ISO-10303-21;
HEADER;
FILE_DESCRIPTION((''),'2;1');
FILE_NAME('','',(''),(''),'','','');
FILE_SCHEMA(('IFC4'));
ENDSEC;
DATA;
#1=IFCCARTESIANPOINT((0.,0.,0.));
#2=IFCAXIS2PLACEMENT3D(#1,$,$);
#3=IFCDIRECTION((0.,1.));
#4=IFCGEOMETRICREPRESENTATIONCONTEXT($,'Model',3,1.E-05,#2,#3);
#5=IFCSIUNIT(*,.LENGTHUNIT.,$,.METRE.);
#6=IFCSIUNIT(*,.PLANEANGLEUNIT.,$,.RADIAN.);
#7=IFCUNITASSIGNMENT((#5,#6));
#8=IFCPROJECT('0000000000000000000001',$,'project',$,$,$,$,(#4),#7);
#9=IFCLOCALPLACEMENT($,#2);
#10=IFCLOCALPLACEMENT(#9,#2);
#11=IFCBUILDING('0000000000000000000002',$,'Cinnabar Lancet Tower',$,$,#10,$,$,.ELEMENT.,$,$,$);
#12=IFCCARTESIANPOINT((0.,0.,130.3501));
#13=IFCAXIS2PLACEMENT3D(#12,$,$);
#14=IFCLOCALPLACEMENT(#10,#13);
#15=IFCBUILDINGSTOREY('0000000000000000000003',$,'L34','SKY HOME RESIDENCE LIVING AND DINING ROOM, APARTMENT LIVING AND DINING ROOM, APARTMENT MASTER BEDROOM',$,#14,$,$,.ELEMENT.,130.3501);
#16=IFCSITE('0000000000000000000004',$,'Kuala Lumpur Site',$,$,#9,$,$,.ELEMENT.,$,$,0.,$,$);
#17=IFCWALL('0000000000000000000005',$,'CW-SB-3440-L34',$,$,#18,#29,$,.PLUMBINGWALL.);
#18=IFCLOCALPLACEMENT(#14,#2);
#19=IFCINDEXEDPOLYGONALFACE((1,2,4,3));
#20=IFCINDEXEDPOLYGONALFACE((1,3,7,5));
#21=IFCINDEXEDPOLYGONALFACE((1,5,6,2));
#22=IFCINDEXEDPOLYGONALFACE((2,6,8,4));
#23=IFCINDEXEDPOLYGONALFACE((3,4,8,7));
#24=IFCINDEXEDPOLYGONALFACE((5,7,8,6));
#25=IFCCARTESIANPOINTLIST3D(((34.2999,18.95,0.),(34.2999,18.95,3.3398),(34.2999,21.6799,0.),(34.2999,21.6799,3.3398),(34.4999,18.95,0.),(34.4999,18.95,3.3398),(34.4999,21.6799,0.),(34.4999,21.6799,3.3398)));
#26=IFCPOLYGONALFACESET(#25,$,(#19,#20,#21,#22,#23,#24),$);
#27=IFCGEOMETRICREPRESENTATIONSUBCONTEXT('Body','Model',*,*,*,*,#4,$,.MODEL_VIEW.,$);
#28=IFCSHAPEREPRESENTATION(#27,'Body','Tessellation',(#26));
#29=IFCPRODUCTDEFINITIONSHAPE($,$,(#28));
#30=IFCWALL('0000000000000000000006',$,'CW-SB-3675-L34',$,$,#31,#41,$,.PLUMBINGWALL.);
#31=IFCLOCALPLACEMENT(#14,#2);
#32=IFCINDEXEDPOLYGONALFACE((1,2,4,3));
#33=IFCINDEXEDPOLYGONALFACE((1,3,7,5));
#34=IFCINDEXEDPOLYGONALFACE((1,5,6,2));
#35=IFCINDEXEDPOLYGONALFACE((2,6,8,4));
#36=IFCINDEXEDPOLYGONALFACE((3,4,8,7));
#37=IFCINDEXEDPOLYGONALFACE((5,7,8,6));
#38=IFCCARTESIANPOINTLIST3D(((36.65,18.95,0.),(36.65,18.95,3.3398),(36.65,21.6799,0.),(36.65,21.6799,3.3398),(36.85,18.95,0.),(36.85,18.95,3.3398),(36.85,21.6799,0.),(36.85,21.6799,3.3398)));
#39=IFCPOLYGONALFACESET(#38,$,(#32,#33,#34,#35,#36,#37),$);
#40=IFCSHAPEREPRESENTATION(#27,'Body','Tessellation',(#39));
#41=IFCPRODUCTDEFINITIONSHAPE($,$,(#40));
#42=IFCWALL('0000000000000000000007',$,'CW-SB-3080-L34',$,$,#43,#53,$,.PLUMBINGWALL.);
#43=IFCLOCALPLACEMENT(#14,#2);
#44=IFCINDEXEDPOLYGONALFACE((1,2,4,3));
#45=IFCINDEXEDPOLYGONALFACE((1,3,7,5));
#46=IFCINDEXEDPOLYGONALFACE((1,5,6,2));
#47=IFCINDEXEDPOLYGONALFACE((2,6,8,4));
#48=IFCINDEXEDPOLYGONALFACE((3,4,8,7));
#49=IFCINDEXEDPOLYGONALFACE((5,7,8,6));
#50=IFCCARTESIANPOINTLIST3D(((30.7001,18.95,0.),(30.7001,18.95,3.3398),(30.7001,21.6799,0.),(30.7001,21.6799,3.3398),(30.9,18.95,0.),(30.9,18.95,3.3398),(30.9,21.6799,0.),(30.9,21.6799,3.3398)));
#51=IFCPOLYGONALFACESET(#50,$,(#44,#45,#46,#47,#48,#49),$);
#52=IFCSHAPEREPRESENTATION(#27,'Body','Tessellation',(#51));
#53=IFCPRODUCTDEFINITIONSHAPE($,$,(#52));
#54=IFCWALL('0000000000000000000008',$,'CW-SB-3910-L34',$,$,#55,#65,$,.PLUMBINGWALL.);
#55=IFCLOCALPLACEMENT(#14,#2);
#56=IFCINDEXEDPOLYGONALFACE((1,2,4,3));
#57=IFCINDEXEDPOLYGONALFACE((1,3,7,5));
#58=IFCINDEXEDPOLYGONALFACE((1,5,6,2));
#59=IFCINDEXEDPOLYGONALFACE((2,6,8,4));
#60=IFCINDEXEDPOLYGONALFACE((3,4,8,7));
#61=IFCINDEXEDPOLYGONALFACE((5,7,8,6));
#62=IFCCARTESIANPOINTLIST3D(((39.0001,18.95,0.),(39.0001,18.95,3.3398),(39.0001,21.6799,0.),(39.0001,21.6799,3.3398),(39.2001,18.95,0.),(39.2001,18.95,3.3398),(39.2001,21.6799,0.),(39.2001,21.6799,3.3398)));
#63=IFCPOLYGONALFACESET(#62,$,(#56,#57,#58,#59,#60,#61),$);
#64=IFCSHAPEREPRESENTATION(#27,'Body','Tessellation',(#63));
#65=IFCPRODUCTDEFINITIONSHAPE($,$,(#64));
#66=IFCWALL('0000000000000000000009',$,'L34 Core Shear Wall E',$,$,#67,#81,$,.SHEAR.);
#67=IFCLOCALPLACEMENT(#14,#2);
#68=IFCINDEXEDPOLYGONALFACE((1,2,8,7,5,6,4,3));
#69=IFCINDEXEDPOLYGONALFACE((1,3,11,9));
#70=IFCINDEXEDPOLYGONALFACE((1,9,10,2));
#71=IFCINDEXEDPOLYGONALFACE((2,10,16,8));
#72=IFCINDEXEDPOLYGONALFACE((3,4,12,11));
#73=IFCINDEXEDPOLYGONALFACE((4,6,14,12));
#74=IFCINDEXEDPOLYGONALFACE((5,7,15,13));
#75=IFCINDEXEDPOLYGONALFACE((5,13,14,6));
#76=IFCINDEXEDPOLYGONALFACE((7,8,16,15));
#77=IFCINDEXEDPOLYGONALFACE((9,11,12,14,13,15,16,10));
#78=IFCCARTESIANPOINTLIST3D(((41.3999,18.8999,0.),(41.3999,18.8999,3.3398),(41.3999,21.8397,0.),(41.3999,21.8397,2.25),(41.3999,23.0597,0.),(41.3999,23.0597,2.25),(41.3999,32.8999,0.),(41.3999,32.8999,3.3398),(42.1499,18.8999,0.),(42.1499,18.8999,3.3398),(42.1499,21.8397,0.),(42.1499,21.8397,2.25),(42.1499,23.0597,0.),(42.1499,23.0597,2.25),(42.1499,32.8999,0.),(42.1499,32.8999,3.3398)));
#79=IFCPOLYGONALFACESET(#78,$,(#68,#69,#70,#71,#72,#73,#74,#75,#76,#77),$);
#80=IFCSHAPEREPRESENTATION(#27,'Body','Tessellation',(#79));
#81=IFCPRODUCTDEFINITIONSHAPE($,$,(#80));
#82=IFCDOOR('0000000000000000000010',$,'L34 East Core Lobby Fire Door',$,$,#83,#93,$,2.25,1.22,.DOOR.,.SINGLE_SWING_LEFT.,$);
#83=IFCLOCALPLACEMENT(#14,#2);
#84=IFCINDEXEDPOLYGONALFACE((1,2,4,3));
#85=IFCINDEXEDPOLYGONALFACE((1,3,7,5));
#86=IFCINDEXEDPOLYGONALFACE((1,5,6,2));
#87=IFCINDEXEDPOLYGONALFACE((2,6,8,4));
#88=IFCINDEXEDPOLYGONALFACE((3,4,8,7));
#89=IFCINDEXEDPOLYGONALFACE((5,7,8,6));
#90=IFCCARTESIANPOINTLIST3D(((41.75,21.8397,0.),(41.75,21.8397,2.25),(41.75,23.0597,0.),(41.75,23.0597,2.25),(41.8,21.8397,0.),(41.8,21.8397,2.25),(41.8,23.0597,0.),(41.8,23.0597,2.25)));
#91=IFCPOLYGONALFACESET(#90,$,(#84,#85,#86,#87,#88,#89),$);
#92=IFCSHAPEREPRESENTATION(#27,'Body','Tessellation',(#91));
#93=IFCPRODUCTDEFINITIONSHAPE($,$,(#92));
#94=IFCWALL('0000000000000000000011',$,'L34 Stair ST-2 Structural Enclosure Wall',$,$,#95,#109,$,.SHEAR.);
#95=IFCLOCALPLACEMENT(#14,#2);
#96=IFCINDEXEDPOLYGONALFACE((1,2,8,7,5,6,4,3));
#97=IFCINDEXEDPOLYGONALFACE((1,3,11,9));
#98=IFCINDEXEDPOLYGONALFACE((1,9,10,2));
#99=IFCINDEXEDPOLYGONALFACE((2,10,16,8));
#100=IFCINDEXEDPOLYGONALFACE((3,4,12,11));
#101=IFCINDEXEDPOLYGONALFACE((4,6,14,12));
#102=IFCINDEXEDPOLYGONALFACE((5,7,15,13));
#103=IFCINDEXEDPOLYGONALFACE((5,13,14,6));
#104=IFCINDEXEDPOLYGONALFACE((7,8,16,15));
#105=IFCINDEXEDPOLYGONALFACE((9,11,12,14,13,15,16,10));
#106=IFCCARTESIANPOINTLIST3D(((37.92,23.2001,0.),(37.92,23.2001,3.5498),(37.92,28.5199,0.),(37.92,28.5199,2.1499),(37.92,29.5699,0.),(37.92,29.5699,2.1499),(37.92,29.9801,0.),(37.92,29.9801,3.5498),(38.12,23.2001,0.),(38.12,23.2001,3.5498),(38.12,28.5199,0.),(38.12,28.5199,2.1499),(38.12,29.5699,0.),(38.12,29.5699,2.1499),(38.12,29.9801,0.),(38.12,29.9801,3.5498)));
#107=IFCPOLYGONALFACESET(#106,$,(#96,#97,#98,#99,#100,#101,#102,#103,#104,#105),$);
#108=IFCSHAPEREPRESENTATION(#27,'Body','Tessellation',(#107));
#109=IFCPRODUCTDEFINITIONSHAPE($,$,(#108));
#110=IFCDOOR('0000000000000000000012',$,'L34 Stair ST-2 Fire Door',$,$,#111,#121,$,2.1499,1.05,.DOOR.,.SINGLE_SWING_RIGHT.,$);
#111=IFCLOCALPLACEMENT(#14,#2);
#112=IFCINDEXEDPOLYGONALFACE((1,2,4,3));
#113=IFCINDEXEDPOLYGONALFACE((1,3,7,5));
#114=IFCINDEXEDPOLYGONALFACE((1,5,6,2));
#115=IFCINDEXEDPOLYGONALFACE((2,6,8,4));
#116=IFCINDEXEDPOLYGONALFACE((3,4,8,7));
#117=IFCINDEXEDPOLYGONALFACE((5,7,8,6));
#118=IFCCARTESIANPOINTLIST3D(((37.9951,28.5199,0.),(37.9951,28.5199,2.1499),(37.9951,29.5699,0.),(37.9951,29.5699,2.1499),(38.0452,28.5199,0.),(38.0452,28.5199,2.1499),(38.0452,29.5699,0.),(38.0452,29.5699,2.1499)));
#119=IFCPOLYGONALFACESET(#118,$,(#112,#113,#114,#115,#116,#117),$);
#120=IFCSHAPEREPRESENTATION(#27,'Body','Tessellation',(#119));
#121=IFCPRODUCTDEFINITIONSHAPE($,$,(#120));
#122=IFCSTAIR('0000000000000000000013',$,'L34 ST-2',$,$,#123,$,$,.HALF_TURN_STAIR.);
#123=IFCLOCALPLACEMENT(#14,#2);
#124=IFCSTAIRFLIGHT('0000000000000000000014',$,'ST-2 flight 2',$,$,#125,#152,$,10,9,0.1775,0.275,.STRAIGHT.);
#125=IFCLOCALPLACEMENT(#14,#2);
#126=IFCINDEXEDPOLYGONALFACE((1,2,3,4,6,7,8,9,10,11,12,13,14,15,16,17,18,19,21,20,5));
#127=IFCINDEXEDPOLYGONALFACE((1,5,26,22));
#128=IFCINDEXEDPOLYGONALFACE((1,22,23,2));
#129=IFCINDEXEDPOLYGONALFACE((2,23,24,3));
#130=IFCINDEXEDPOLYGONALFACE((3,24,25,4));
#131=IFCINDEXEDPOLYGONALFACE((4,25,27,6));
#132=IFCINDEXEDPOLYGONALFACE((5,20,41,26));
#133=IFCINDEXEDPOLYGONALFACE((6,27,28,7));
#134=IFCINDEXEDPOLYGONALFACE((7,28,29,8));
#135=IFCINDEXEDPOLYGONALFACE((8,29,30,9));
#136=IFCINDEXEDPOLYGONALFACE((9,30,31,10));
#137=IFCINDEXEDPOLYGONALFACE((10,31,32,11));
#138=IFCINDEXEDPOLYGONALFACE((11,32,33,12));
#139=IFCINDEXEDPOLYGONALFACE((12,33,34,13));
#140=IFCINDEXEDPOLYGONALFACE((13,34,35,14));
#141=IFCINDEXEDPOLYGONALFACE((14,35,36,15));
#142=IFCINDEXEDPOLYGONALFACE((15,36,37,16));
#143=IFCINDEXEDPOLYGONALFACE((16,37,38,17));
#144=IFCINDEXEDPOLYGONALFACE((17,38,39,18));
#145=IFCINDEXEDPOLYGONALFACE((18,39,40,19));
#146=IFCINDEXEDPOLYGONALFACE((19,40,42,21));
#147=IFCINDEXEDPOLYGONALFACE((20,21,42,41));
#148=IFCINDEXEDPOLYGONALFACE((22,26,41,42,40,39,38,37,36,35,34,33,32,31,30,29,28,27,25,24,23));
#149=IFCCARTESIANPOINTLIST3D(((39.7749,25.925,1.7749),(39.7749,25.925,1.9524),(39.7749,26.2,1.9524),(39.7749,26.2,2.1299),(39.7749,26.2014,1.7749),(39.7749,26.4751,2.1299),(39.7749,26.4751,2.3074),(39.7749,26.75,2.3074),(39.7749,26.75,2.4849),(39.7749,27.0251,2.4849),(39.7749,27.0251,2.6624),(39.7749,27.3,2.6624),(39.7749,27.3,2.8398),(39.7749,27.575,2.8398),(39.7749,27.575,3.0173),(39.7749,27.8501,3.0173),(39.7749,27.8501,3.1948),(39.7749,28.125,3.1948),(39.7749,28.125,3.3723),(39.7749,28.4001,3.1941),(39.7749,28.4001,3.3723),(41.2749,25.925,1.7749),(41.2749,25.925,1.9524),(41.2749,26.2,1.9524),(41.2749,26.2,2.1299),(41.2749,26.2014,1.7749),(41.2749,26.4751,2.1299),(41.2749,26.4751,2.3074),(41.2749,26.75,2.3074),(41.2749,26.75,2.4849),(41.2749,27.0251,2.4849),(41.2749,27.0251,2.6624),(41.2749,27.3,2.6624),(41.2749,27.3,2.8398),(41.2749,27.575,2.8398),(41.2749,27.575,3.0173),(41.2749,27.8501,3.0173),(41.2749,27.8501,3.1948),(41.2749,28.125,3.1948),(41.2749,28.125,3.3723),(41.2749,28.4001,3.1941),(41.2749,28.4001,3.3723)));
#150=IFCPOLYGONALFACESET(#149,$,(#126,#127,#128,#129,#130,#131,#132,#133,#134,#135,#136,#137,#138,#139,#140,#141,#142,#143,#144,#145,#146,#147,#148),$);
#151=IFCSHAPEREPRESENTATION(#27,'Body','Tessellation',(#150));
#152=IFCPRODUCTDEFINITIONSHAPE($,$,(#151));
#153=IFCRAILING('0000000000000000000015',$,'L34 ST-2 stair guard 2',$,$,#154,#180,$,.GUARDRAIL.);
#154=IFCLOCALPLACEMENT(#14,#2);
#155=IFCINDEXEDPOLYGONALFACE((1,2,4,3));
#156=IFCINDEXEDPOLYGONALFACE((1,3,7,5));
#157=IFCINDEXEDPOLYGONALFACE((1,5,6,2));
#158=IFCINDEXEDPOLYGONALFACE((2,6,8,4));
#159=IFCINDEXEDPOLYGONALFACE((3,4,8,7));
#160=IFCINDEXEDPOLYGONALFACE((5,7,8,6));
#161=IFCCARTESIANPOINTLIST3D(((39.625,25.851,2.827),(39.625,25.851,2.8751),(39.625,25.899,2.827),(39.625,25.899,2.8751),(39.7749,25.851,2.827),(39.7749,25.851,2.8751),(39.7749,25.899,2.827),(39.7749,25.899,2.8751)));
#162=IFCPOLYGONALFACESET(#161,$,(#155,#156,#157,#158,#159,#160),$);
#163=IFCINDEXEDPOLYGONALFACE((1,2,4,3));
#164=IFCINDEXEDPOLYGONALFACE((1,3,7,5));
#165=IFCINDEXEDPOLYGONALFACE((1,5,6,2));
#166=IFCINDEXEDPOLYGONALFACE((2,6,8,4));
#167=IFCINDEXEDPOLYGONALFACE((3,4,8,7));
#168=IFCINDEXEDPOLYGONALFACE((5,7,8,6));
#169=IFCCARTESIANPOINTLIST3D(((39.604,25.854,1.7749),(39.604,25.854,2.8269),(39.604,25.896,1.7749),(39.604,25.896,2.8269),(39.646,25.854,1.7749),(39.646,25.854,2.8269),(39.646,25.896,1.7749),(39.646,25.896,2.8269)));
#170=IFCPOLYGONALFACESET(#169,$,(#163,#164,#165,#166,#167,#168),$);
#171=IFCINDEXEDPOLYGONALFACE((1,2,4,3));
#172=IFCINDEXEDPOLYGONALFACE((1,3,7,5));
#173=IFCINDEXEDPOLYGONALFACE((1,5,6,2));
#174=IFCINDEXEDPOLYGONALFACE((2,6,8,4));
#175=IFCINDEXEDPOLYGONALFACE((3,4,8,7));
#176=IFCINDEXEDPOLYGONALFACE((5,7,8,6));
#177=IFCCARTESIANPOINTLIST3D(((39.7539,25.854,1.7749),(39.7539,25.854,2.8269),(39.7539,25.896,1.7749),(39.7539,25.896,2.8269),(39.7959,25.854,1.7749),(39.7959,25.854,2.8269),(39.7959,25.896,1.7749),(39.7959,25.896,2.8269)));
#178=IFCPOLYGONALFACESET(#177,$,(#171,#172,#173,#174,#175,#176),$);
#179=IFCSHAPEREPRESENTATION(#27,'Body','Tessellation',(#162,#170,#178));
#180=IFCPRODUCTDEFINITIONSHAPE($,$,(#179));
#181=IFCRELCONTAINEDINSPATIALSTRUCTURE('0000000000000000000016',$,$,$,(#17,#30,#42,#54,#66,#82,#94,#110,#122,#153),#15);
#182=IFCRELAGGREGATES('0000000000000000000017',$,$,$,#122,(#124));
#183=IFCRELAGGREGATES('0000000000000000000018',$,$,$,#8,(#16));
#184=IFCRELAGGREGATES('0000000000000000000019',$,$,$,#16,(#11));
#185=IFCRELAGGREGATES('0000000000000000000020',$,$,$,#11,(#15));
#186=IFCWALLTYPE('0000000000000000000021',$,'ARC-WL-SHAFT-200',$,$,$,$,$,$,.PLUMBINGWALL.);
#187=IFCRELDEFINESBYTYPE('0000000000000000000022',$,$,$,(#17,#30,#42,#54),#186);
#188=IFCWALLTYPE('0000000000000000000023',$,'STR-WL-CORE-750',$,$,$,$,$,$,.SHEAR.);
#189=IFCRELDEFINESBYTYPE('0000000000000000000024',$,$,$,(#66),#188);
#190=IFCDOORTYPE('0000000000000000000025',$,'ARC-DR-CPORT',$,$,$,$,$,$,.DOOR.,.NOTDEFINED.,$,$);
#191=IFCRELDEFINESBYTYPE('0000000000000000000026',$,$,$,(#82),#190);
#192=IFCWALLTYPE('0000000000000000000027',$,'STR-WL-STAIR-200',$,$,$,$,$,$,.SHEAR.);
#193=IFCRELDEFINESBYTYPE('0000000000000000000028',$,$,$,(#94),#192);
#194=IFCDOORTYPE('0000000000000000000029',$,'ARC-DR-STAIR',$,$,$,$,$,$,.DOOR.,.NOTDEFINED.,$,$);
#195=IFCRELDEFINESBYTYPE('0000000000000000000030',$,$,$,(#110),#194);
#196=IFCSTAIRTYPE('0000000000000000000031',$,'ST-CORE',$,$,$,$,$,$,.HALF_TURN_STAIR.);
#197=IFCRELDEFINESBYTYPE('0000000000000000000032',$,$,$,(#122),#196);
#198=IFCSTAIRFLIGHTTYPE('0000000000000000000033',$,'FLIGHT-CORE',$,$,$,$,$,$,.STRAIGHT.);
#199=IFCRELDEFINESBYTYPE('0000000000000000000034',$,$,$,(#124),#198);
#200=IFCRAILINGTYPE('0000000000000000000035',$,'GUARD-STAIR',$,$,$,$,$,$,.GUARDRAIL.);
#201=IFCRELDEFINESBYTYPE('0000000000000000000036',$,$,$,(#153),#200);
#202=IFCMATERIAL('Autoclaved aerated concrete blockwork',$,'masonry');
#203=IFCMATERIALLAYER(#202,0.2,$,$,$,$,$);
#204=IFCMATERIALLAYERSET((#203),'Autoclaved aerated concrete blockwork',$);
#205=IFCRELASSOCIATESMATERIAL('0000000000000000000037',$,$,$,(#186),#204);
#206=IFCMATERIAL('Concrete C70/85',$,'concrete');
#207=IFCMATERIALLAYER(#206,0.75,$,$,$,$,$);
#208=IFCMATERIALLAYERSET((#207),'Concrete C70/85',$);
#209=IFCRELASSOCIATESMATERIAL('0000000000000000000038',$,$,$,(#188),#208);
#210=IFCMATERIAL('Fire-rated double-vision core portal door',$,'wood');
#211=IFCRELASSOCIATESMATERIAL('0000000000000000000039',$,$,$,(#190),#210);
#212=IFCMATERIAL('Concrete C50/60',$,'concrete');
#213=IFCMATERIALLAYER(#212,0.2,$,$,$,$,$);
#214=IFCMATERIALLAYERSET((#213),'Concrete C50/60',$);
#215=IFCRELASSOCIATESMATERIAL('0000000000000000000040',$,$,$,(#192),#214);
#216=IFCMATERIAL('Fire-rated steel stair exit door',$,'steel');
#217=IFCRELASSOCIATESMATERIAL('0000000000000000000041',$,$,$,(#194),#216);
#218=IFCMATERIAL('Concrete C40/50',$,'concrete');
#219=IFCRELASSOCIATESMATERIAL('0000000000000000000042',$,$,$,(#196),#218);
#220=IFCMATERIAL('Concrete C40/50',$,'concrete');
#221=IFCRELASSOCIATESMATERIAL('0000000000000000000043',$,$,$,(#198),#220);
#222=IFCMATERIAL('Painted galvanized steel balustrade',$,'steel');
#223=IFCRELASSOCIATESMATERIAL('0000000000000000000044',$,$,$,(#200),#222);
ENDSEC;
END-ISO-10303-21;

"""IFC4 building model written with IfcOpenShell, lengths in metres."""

from ifc_helpers import new_model, si_unit, direction, frame, frame_2d, origin, origin_2d, place, context, subcontext, project, spatial, polyline, rectangle, outline, extrude, material, layer, layer_set, type_object, element, fill, aggregate, save


model = new_model("IFC4")

# Units and contexts
model_context = context("Model", 3, precision=1e-05, world=origin(), true_north=direction((0.0, 1.0)))
body_context = subcontext(model_context, "Body", "Model", "MODEL_VIEW")
ifc_project = project(units=[si_unit("LENGTHUNIT", "METRE"), si_unit("PLANEANGLEUNIT", "RADIAN")], contexts=[model_context])

# Site, building, storey
site_placement = place(None, origin())
site = spatial("IfcSite", under=ifc_project, at=site_placement, Name="Kuala Lumpur Site", CompositionType="ELEMENT", RefElevation=0.0)
building_placement = place(site_placement, origin())
building = spatial("IfcBuilding", under=site, at=building_placement, Name="Cinnabar Lancet Tower", CompositionType="ELEMENT")
storey_placement = place(building_placement, frame((0.0, 0.0, 130.3501)))
storey = spatial("IfcBuildingStorey", under=building, at=storey_placement, Name="L34", Description="SKY HOME RESIDENCE LIVING AND DINING ROOM, APARTMENT LIVING AND DINING ROOM, APARTMENT MASTER BEDROOM", CompositionType="ELEMENT", Elevation=130.3501)

# Shared definitions
ifc_material_1 = material(Name="Autoclaved aerated concrete blockwork", Category="masonry")
ifc_layer_1 = layer(ifc_material_1, 0.2)
ifc_layer_set_1 = layer_set([ifc_layer_1], Name="Autoclaved aerated concrete blockwork")
wall_type_1 = type_object("IfcWallType", Name="ARC-WL-SHAFT-200", PredefinedType="PLUMBINGWALL", material=ifc_layer_set_1)

# Walls
for number, where, z_axis, x_axis, name in (
    (1, (34.3999, 18.95, 0.0), (0.0, 0.0, 1.0), (0.0, 1.0, 0.0), "CW-SB-3440-L34"),
    (2, (36.75, 18.95, 0.0), (0.0, 0.0, 1.0), (0.0, 1.0, 0.0), "CW-SB-3675-L34"),
    (3, (30.8, 18.95, 0.0), (0.0, 0.0, 1.0), (0.0, 1.0, 0.0), "CW-SB-3080-L34"),
    (4, (39.1001, 18.95, 0.0), (0.0, 0.0, 1.0), (0.0, 1.0, 0.0), "CW-SB-3910-L34"),
):
    element("IfcWall", number, at=place(storey_placement, frame(where, z_axis=z_axis, x_axis=x_axis)), inside=storey, type_object=wall_type_1, Name=name, PredefinedType="PLUMBINGWALL", context=body_context, shape_type="SweptSolid", body=[
        extrude(rectangle(XDim=2.73, YDim=0.2, at=frame_2d((1.365, 0.0))), origin(), (0.0, 0.0, 1.0), 3.3398),
    ])

# Walls, openings, doors
ifc_material_2 = material(Name="Concrete C70/85", Category="concrete")
ifc_layer_2 = layer(ifc_material_2, 0.75)
ifc_layer_set_2 = layer_set([ifc_layer_2], Name="Concrete C70/85")
wall_type_2 = type_object("IfcWallType", Name="STR-WL-CORE-750", PredefinedType="SHEAR", material=ifc_layer_set_2)
wall_1_placement = place(storey_placement, frame((41.7749, 18.8999, 0.0), z_axis=(0.0, 0.0, 1.0), x_axis=(0.0, 1.0, 0.0)))
wall_1 = element("IfcWall", 5, at=wall_1_placement, inside=storey, type_object=wall_type_2, Name="L34 Core Shear Wall E", PredefinedType="SHEAR", context=body_context, shape_type="SweptSolid", body=[
    extrude(rectangle(XDim=14.0, YDim=0.75, at=frame_2d((7.0, 0.0))), origin(), (0.0, 0.0, 1.0), 3.3398),
])
opening_1_placement = place(wall_1_placement, frame((2.9399, 0.0, 0.0)))
opening_1 = element("IfcOpeningElement", 6, at=opening_1_placement, cuts=wall_1, PredefinedType="OPENING", context=body_context, shape_type="SweptSolid", body=[
    extrude(rectangle(XDim=1.22, YDim=2.25, at=frame_2d((0.6099, 1.125))), frame((0.0, 0.385, 0.0), z_axis=(0.0, -1.0, 0.0), x_axis=(1.0, 0.0, 0.0)), (0.0, 0.0, 1.0), 0.77),
])
ifc_material_3 = material(Name="Fire-rated double-vision core portal door", Category="wood")
door_type_1 = type_object("IfcDoorType", Name="ARC-DR-CPORT", OperationType="NOTDEFINED", PredefinedType="DOOR", material=ifc_material_3)
door_1_placement = place(opening_1_placement, origin())
door_1 = element("IfcDoor", 7, at=door_1_placement, inside=storey, type_object=door_type_1, Name="L34 East Core Lobby Fire Door", OperationType="SINGLE_SWING_LEFT", OverallHeight=2.25, OverallWidth=1.22, PredefinedType="DOOR", context=body_context, shape_type="SweptSolid", body=[
    extrude(rectangle(XDim=1.22, YDim=2.25, at=frame_2d((0.6099, 1.125))), frame((0.0, 0.0249, 0.0), z_axis=(0.0, -1.0, 0.0), x_axis=(1.0, 0.0, 0.0)), (0.0, 0.0, 1.0), 0.05),
])
fill(opening_1, door_1)
ifc_material_4 = material(Name="Concrete C50/60", Category="concrete")
ifc_layer_3 = layer(ifc_material_4, 0.2)
ifc_layer_set_3 = layer_set([ifc_layer_3], Name="Concrete C50/60")
wall_type_3 = type_object("IfcWallType", Name="STR-WL-STAIR-200", PredefinedType="SHEAR", material=ifc_layer_set_3)
wall_2_placement = place(storey_placement, frame((38.02, 23.2, 0.0), z_axis=(0.0, 0.0, 1.0), x_axis=(0.0, 1.0, 0.0)))
wall_2 = element("IfcWall", 8, at=wall_2_placement, inside=storey, type_object=wall_type_3, Name="L34 Stair ST-2 Structural Enclosure Wall", PredefinedType="SHEAR", context=body_context, shape_type="SweptSolid", body=[
    extrude(rectangle(XDim=6.78, YDim=0.2, at=frame_2d((3.3901, 0.0))), origin(), (0.0, 0.0, 1.0), 3.5498),
])
opening_2_placement = place(wall_2_placement, frame((5.3201, 0.0, 0.0)))
opening_2 = element("IfcOpeningElement", 9, at=opening_2_placement, cuts=wall_2, PredefinedType="OPENING", context=body_context, shape_type="SweptSolid", body=[
    extrude(rectangle(XDim=1.05, YDim=2.1499, at=frame_2d((0.5249, 1.075))), frame((0.0, 0.1099, 0.0), z_axis=(0.0, -1.0, 0.0), x_axis=(1.0, 0.0, 0.0)), (0.0, 0.0, 1.0), 0.22),
])
ifc_material_5 = material(Name="Fire-rated steel stair exit door", Category="steel")
door_type_2 = type_object("IfcDoorType", Name="ARC-DR-STAIR", OperationType="NOTDEFINED", PredefinedType="DOOR", material=ifc_material_5)
door_2_placement = place(opening_2_placement, origin())
door_2 = element("IfcDoor", 10, at=door_2_placement, inside=storey, type_object=door_type_2, Name="L34 Stair ST-2 Fire Door", OperationType="SINGLE_SWING_RIGHT", OverallHeight=2.1499, OverallWidth=1.05, PredefinedType="DOOR", context=body_context, shape_type="SweptSolid", body=[
    extrude(rectangle(XDim=1.05, YDim=2.1499, at=frame_2d((0.5249, 1.075))), frame((0.0, 0.0249, 0.0), z_axis=(0.0, -1.0, 0.0), x_axis=(1.0, 0.0, 0.0)), (0.0, 0.0, 1.0), 0.05),
])
fill(opening_2, door_2)

# Stair, stair flight
ifc_material_6 = material(Name="Concrete C40/50", Category="concrete")
stair_type = type_object("IfcStairType", Name="ST-CORE", PredefinedType="HALF_TURN_STAIR", material=ifc_material_6)
stair_placement = place(storey_placement, origin())
stair = element("IfcStair", 11, at=stair_placement, inside=storey, type_object=stair_type, Name="L34 ST-2", PredefinedType="HALF_TURN_STAIR")
ifc_material_7 = material(Name="Concrete C40/50", Category="concrete")
stair_flight_type = type_object("IfcStairFlightType", Name="FLIGHT-CORE", PredefinedType="STRAIGHT", material=ifc_material_7)
stair_flight_placement = place(storey_placement, frame((40.5249, 25.925, 1.7749), z_axis=(0.0, 0.0, 1.0), x_axis=(0.0, 1.0, 0.0)))
stair_flight = element("IfcStairFlight", 12, at=stair_flight_placement, type_object=stair_flight_type, Name="ST-2 flight 2", NumberOfRisers=10, NumberOfTreads=9, PredefinedType="STRAIGHT", RiserHeight=0.1775, TreadLength=0.275, context=body_context, shape_type="SweptSolid", body=[
    extrude(outline(polyline([(0.0, 0.0), (0.0, 0.1775), (0.2749, 0.1775), (0.2749, 0.355), (0.55, 0.355), (0.55, 0.5325), (0.825, 0.5325), (0.825, 0.71), (1.1001, 0.71), (1.1001, 0.8875), (1.375, 0.8875), (1.375, 1.0649), (1.6499, 1.0649), (1.6499, 1.2424), (1.925, 1.2424), (1.925, 1.4199), (2.2, 1.4199), (2.2, 1.5974), (2.4751, 1.5974), (2.4751, 1.7749), (2.4751, 1.4192), (0.2764, 0.0), (0.0, 0.0)])), frame((0.0, 0.75, 0.0), z_axis=(0.0, -1.0, 0.0), x_axis=(1.0, 0.0, 0.0)), (0.0, 0.0, 1.0), 1.5),
])
aggregate(stair, [stair_flight])

# Railing
ifc_material_8 = material(Name="Painted galvanized steel balustrade", Category="steel")
railing_type = type_object("IfcRailingType", Name="GUARD-STAIR", PredefinedType="GUARDRAIL", material=ifc_material_8)
railing_1_placement = place(storey_placement, frame((39.625, 25.875, 1.7749)))
element("IfcRailing", 13, at=railing_1_placement, inside=storey, type_object=railing_type, Name="L34 ST-2 stair guard 2", PredefinedType="GUARDRAIL", context=body_context, shape_type="SweptSolid", body=[
    extrude(rectangle(XDim=0.0481, YDim=0.0481, at=origin_2d()), frame((0.0, 0.0, 1.0762), z_axis=(1.0, 0.0, 0.0), x_axis=(0.0, 1.0, 0.0)), (0.0, 0.0, 1.0), 0.1499),
    extrude(rectangle(XDim=0.042, YDim=0.042, at=origin_2d()), origin(), (0.0, 0.0, 1.0), 1.052),
    extrude(rectangle(XDim=0.042, YDim=0.042, at=origin_2d()), frame((0.1499, 0.0, 0.0)), (0.0, 0.0, 1.0), 1.052),
])

save(model, "model.ifc")
